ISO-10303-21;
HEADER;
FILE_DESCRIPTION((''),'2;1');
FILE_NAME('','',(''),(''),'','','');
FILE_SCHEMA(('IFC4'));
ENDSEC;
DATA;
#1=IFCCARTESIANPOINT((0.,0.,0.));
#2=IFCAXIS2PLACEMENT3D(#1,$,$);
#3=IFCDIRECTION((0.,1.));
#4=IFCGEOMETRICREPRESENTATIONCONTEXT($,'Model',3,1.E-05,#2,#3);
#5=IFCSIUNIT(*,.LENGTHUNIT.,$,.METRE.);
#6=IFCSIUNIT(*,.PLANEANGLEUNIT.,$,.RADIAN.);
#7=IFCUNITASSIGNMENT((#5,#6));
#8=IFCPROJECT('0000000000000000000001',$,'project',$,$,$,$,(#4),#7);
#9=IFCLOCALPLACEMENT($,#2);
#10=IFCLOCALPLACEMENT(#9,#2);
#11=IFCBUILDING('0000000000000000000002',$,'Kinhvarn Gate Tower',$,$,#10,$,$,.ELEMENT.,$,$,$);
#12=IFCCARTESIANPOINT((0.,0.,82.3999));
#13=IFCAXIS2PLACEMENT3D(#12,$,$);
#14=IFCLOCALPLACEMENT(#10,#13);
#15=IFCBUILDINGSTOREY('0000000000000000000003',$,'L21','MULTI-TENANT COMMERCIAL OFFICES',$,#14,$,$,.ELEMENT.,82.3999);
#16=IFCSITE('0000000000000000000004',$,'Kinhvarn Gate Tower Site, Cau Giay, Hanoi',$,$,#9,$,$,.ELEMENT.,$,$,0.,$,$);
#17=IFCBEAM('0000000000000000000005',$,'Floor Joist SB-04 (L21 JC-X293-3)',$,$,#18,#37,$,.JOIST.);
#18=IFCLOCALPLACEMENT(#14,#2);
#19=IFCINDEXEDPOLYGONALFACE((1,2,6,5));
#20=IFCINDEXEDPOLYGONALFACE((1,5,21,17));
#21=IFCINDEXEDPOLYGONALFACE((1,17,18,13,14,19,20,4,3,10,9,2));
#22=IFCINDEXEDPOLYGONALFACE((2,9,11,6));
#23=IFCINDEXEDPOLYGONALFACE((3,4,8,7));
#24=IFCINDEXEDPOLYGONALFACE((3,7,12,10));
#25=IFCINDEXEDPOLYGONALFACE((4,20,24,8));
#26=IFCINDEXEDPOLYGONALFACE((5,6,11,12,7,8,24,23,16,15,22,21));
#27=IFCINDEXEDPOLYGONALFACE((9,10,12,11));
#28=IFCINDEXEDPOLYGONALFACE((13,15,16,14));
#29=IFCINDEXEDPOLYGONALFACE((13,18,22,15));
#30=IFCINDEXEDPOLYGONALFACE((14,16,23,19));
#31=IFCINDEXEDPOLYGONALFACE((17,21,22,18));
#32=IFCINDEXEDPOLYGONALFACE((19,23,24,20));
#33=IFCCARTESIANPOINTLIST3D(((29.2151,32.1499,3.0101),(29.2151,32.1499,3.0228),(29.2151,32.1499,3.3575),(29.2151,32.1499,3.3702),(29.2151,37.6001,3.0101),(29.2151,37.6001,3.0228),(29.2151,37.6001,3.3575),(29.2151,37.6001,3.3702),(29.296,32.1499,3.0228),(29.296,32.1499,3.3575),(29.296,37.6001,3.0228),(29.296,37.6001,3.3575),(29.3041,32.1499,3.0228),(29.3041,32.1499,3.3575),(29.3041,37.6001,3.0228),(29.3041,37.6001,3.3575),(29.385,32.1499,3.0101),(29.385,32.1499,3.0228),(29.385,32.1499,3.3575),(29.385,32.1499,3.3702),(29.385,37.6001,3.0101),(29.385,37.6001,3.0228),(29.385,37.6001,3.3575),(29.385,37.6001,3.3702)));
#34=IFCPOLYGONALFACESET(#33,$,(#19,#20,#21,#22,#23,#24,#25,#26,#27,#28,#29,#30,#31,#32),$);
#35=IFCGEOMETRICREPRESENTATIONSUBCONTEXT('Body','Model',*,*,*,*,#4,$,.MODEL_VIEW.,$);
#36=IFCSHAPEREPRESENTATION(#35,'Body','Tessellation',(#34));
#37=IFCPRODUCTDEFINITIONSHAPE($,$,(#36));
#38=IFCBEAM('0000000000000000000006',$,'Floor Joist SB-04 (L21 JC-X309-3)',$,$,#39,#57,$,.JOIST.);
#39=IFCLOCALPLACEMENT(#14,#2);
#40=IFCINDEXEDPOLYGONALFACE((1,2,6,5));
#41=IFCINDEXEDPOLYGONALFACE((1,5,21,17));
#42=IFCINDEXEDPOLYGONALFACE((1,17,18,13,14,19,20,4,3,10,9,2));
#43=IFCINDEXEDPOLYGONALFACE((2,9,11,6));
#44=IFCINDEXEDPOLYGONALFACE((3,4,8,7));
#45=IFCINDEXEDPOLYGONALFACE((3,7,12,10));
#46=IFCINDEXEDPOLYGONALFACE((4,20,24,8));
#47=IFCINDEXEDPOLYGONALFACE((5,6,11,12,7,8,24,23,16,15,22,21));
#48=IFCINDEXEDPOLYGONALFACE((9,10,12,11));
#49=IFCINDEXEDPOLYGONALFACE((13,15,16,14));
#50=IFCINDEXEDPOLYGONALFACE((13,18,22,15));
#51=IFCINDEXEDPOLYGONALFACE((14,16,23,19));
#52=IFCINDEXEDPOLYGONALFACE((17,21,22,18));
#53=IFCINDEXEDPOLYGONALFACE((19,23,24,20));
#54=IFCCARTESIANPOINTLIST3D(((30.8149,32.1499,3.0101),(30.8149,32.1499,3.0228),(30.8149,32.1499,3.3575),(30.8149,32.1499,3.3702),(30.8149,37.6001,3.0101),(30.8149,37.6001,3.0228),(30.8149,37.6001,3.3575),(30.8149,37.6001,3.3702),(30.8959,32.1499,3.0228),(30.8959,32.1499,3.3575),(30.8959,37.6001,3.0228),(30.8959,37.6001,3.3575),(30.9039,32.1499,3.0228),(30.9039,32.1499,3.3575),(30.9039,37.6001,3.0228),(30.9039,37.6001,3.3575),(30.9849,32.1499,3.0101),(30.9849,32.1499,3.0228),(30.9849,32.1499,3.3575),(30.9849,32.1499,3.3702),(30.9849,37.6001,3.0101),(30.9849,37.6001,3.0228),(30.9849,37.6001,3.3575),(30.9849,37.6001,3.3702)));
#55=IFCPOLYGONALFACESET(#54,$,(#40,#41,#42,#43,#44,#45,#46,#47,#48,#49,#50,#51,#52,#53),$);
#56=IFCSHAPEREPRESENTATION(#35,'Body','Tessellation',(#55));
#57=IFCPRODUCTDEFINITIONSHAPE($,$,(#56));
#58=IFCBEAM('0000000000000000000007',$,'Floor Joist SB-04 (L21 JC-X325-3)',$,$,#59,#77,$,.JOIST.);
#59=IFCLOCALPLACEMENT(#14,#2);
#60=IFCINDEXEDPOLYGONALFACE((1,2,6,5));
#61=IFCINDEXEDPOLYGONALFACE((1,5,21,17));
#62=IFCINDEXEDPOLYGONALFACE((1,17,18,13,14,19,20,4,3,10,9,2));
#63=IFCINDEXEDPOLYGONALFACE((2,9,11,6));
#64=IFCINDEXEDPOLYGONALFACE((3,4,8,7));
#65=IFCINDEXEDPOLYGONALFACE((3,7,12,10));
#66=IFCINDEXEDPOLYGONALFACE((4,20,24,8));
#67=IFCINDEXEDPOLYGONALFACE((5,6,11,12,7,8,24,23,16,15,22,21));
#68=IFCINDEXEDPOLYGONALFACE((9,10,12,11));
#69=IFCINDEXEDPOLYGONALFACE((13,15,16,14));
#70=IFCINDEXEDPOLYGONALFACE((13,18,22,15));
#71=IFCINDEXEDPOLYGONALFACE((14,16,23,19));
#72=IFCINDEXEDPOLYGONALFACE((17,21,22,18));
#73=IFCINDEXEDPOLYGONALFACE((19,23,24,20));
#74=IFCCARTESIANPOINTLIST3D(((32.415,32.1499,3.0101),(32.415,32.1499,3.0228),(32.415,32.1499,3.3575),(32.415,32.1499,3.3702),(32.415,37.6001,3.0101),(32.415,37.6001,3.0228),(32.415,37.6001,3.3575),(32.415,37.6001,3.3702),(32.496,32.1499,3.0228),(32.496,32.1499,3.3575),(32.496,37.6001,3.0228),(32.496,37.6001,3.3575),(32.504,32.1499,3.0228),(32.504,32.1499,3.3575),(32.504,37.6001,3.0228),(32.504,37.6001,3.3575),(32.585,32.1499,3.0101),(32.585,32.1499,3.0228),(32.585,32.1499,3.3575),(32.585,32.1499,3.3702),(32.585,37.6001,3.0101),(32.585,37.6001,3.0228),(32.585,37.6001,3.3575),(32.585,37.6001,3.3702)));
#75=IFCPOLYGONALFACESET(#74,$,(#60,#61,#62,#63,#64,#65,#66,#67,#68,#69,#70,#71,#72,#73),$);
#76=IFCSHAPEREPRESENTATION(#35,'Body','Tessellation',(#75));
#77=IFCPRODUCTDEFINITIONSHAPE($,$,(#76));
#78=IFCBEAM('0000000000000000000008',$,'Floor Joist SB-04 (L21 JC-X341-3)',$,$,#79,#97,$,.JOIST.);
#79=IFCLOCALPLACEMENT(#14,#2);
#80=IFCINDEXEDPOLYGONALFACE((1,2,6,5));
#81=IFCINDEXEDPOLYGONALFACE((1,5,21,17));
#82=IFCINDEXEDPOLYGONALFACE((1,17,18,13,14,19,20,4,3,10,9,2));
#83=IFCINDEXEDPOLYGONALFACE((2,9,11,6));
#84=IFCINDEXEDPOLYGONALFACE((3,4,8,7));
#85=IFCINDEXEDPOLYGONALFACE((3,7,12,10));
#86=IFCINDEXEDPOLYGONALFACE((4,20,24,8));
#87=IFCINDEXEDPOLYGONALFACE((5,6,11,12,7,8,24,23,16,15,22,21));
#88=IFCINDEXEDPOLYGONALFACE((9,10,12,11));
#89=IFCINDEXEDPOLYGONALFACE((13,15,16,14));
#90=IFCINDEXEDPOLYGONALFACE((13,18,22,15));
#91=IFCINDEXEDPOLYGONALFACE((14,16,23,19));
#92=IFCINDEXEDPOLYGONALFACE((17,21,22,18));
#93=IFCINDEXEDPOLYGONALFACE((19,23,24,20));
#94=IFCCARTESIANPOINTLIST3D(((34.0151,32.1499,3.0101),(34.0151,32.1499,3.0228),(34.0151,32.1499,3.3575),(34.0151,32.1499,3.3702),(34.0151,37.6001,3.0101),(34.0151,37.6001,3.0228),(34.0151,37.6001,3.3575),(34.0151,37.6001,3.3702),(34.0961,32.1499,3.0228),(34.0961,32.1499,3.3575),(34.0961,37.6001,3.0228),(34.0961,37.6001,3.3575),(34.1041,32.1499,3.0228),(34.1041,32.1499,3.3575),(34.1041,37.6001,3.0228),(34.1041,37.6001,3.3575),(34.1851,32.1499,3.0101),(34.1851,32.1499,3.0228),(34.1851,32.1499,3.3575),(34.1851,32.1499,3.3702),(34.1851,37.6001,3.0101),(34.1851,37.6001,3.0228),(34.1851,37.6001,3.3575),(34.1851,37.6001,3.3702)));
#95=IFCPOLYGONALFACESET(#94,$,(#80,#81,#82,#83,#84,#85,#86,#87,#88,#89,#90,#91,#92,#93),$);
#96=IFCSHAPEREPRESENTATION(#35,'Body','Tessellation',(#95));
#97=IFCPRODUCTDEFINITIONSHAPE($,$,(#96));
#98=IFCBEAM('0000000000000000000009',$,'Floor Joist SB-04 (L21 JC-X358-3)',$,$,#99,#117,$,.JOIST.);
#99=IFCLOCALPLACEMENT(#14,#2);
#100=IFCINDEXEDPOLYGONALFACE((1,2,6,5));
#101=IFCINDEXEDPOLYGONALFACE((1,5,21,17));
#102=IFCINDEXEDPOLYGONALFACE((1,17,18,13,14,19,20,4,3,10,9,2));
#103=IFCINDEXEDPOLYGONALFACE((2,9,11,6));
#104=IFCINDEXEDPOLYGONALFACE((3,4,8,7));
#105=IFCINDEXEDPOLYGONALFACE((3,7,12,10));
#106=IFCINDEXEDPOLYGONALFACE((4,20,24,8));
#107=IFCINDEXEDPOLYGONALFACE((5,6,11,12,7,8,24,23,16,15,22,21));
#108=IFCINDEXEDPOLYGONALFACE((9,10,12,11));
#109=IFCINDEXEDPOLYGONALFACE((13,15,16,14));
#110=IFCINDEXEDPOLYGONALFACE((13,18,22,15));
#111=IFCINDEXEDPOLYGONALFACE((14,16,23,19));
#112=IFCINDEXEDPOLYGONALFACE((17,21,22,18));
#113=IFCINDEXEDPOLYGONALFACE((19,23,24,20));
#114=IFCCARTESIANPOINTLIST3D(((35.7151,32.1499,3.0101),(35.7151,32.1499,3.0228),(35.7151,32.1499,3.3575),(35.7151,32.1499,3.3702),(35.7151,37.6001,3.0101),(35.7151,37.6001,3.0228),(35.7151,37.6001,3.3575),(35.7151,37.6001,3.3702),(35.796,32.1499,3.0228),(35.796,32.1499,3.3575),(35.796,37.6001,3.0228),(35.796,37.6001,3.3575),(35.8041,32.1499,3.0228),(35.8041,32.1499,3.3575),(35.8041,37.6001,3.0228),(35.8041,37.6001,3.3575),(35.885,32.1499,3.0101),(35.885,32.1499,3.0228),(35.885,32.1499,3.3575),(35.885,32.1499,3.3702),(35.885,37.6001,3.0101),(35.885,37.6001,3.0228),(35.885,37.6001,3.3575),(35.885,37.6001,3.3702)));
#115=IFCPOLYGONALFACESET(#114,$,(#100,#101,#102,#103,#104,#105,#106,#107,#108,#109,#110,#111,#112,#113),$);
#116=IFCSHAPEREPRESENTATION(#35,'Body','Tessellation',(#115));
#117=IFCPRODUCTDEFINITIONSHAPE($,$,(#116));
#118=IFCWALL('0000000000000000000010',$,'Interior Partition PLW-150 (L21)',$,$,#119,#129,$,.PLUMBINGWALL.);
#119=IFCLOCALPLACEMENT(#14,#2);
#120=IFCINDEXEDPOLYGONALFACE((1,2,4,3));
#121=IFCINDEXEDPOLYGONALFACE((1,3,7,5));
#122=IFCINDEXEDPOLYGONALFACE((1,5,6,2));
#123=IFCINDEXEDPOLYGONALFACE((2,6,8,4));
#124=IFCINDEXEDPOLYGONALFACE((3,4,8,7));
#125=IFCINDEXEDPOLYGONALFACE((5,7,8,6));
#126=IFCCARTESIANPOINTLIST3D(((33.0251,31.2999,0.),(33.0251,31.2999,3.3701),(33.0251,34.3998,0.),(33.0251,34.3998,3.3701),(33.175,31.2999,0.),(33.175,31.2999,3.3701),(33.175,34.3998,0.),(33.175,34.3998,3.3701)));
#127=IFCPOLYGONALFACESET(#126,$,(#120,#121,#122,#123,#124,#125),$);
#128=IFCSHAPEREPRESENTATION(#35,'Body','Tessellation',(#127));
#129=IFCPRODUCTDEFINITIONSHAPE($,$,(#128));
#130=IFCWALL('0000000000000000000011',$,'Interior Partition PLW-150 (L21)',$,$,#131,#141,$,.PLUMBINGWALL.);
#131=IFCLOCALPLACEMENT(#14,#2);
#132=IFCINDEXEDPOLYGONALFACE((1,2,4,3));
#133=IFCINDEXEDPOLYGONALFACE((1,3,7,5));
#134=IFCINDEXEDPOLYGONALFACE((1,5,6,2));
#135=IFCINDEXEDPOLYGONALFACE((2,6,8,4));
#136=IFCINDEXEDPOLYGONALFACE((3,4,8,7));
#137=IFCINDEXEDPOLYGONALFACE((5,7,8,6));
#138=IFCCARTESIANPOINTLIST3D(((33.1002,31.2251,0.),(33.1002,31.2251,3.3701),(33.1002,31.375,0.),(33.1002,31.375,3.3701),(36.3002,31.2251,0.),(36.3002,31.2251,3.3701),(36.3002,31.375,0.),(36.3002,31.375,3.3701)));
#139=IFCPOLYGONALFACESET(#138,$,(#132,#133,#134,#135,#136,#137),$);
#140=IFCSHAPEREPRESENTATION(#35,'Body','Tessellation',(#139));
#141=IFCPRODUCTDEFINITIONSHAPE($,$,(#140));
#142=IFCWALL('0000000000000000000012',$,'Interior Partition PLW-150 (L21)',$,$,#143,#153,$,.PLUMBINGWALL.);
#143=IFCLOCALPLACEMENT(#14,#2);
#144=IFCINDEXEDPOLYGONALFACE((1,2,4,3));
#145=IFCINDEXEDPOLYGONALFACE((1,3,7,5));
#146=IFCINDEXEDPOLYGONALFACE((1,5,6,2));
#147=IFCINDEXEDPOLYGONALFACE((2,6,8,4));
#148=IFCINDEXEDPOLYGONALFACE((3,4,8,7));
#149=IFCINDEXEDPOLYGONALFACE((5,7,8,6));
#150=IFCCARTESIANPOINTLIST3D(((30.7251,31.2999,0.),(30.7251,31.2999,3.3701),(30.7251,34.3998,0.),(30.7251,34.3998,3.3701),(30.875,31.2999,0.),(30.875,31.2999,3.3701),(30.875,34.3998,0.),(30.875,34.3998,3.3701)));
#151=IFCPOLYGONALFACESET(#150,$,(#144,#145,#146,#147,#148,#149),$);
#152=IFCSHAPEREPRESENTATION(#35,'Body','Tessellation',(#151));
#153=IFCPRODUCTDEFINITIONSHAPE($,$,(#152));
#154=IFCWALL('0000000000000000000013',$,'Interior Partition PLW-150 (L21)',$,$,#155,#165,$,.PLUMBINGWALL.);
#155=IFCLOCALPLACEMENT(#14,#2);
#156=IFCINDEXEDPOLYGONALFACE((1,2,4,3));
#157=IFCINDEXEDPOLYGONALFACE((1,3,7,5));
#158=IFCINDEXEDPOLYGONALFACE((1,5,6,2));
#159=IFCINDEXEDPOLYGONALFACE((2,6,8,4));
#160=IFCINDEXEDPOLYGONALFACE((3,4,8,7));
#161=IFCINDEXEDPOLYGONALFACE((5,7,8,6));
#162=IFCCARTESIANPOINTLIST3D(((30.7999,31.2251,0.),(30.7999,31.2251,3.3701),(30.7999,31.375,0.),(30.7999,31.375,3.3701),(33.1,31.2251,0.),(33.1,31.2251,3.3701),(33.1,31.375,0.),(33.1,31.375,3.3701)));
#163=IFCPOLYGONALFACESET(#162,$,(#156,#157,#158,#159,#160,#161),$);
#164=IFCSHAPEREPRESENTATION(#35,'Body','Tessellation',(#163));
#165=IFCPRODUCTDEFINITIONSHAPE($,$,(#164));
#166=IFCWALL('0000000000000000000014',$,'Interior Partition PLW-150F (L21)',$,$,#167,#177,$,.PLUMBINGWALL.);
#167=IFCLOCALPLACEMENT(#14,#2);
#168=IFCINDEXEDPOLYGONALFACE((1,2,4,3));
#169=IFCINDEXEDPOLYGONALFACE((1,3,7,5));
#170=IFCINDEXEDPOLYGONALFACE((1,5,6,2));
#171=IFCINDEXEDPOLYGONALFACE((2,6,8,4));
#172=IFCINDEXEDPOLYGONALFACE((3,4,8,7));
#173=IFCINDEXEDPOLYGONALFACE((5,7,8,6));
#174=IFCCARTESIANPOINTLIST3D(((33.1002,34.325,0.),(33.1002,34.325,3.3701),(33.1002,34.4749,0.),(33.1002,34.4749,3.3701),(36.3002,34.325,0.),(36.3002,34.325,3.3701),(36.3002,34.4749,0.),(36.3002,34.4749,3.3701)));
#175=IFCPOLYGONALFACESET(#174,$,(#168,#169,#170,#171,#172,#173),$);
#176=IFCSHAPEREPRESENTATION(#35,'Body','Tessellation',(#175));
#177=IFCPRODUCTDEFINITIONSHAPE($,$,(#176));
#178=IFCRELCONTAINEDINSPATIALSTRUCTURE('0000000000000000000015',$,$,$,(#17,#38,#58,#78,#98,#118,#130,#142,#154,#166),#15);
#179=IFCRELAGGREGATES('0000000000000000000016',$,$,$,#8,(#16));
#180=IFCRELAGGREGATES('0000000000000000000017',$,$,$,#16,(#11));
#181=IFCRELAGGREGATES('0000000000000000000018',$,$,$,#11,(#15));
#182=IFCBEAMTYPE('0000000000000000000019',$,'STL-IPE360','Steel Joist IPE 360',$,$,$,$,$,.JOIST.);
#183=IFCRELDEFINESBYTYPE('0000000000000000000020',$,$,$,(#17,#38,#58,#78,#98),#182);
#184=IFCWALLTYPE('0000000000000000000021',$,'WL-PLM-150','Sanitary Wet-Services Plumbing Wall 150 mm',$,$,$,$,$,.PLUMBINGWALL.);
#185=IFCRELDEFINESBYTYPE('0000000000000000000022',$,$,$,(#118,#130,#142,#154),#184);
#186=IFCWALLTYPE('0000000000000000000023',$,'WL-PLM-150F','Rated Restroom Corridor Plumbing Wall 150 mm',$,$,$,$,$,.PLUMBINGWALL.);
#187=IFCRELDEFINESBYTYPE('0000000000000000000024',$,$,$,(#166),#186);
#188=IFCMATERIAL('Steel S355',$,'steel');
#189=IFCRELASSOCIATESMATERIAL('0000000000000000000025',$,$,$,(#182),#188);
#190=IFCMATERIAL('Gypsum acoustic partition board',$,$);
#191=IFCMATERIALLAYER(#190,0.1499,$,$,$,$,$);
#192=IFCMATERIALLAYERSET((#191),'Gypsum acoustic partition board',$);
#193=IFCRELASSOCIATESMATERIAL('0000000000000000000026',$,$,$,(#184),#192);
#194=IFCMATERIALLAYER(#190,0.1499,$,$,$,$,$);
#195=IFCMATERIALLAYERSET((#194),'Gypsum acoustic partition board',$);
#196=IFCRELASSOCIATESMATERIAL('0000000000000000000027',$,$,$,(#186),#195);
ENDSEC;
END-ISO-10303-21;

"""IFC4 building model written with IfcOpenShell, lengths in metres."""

from ifc_helpers import new_model, si_unit, direction, frame, frame_2d, origin, origin_2d, place, context, subcontext, project, spatial, rectangle, i_section, extrude, material, layer, layer_set, material_profile, profile_set, type_object, element, save


model = new_model("IFC4")

# Units and contexts
model_context = context("Model", 3, precision=1e-05, world=origin(), true_north=direction((0.0, 1.0)))
body_context = subcontext(model_context, "Body", "Model", "MODEL_VIEW")
ifc_project = project(units=[si_unit("LENGTHUNIT", "METRE"), si_unit("PLANEANGLEUNIT", "RADIAN")], contexts=[model_context])

# Site, building, storey
site_placement = place(None, origin())
site = spatial("IfcSite", under=ifc_project, at=site_placement, Name="Kinhvarn Gate Tower Site, Cau Giay, Hanoi", CompositionType="ELEMENT", RefElevation=0.0)
building_placement = place(site_placement, origin())
building = spatial("IfcBuilding", under=site, at=building_placement, Name="Kinhvarn Gate Tower", CompositionType="ELEMENT")
storey_placement = place(building_placement, frame((0.0, 0.0, 82.3999)))
storey = spatial("IfcBuildingStorey", under=building, at=storey_placement, Name="L21", Description="MULTI-TENANT COMMERCIAL OFFICES", CompositionType="ELEMENT", Elevation=82.3999)

# Beams
ifc_material_1 = material(Name="Steel S355", Category="steel")
ifc_material_profile = material_profile(ifc_material_1, i_section(OverallWidth=0.1699, OverallDepth=0.3601, WebThickness=0.0081, FlangeThickness=0.0127, at=origin_2d()), Name="IPE 360")
ifc_profile_set = profile_set([ifc_material_profile], Name="Steel S355")
beam_type = type_object("IfcBeamType", Name="STL-IPE360", Description="Steel Joist IPE 360", PredefinedType="JOIST", material=ifc_profile_set)
for number, where, z_axis, x_axis, name in (
    (1, (29.3, 32.1499, 3.1902), (0.0, 1.0, 0.0), (-1.0, 0.0, 0.0), "Floor Joist SB-04 (L21 JC-X293-3)"),
    (2, (30.8999, 32.1499, 3.1902), (0.0, 1.0, 0.0), (-1.0, 0.0, 0.0), "Floor Joist SB-04 (L21 JC-X309-3)"),
    (3, (32.5, 32.1499, 3.1902), (0.0, 1.0, 0.0), (-1.0, 0.0, 0.0), "Floor Joist SB-04 (L21 JC-X325-3)"),
    (4, (34.1001, 32.1499, 3.1902), (0.0, 1.0, 0.0), (-1.0, 0.0, 0.0), "Floor Joist SB-04 (L21 JC-X341-3)"),
    (5, (35.8, 32.1499, 3.1902), (0.0, 1.0, 0.0), (-1.0, 0.0, 0.0), "Floor Joist SB-04 (L21 JC-X358-3)"),
):
    element("IfcBeam", number, at=place(storey_placement, frame(where, z_axis=z_axis, x_axis=x_axis)), inside=storey, type_object=beam_type, Name=name, PredefinedType="JOIST", context=body_context, shape_type="SweptSolid", body=[
        extrude(i_section(OverallWidth=0.1699, OverallDepth=0.3601, WebThickness=0.0081, FlangeThickness=0.0127, at=origin_2d()), origin(), (0.0, 0.0, 1.0), 5.4502),
    ])

# Walls
ifc_material_2 = material(Name="Gypsum acoustic partition board")
ifc_layer_1 = layer(ifc_material_2, 0.1499)
ifc_layer_set_1 = layer_set([ifc_layer_1], Name="Gypsum acoustic partition board")
wall_type_1 = type_object("IfcWallType", Name="WL-PLM-150", Description="Sanitary Wet-Services Plumbing Wall 150 mm", PredefinedType="PLUMBINGWALL", material=ifc_layer_set_1)
wall_1_placement = place(storey_placement, frame((33.1001, 31.3, 0.0), z_axis=(0.0, 0.0, 1.0), x_axis=(0.0, 1.0, 0.0)))
element("IfcWall", 6, at=wall_1_placement, inside=storey, type_object=wall_type_1, Name="Interior Partition PLW-150 (L21)", PredefinedType="PLUMBINGWALL", context=body_context, shape_type="SweptSolid", body=[
    extrude(rectangle(XDim=3.0999, YDim=0.1499, at=frame_2d((1.5498, 0.0))), origin(), (0.0, 0.0, 1.0), 3.3701),
])
wall_2_placement = place(storey_placement, frame((33.1001, 31.3, 0.0), z_axis=(0.0, 0.0, 1.0), x_axis=(1.0, 0.0, 0.0)))
element("IfcWall", 7, at=wall_2_placement, inside=storey, type_object=wall_type_1, Name="Interior Partition PLW-150 (L21)", PredefinedType="PLUMBINGWALL", context=body_context, shape_type="SweptSolid", body=[
    extrude(rectangle(XDim=3.2, YDim=0.1499, at=frame_2d((1.6001, 0.0))), origin(), (0.0, 0.0, 1.0), 3.3701),
])
wall_3_placement = place(storey_placement, frame((30.8, 31.3, 0.0), z_axis=(0.0, 0.0, 1.0), x_axis=(0.0, 1.0, 0.0)))
element("IfcWall", 8, at=wall_3_placement, inside=storey, type_object=wall_type_1, Name="Interior Partition PLW-150 (L21)", PredefinedType="PLUMBINGWALL", context=body_context, shape_type="SweptSolid", body=[
    extrude(rectangle(XDim=3.0999, YDim=0.1499, at=frame_2d((1.5498, 0.0))), origin(), (0.0, 0.0, 1.0), 3.3701),
])
wall_4_placement = place(storey_placement, frame((30.8, 31.3, 0.0), z_axis=(0.0, 0.0, 1.0), x_axis=(1.0, 0.0, 0.0)))
element("IfcWall", 9, at=wall_4_placement, inside=storey, type_object=wall_type_1, Name="Interior Partition PLW-150 (L21)", PredefinedType="PLUMBINGWALL", context=body_context, shape_type="SweptSolid", body=[
    extrude(rectangle(XDim=2.3, YDim=0.1499, at=frame_2d((1.1499, 0.0))), origin(), (0.0, 0.0, 1.0), 3.3701),
])
ifc_layer_2 = layer(ifc_material_2, 0.1499)
ifc_layer_set_2 = layer_set([ifc_layer_2], Name="Gypsum acoustic partition board")
wall_type_2 = type_object("IfcWallType", Name="WL-PLM-150F", Description="Rated Restroom Corridor Plumbing Wall 150 mm", PredefinedType="PLUMBINGWALL", material=ifc_layer_set_2)
wall_5_placement = place(storey_placement, frame((33.1001, 34.3999, 0.0), z_axis=(0.0, 0.0, 1.0), x_axis=(1.0, 0.0, 0.0)))
element("IfcWall", 10, at=wall_5_placement, inside=storey, type_object=wall_type_2, Name="Interior Partition PLW-150F (L21)", PredefinedType="PLUMBINGWALL", context=body_context, shape_type="SweptSolid", body=[
    extrude(rectangle(XDim=3.2, YDim=0.1499, at=frame_2d((1.6001, 0.0))), origin(), (0.0, 0.0, 1.0), 3.3701),
])

save(model, "model.ifc")
